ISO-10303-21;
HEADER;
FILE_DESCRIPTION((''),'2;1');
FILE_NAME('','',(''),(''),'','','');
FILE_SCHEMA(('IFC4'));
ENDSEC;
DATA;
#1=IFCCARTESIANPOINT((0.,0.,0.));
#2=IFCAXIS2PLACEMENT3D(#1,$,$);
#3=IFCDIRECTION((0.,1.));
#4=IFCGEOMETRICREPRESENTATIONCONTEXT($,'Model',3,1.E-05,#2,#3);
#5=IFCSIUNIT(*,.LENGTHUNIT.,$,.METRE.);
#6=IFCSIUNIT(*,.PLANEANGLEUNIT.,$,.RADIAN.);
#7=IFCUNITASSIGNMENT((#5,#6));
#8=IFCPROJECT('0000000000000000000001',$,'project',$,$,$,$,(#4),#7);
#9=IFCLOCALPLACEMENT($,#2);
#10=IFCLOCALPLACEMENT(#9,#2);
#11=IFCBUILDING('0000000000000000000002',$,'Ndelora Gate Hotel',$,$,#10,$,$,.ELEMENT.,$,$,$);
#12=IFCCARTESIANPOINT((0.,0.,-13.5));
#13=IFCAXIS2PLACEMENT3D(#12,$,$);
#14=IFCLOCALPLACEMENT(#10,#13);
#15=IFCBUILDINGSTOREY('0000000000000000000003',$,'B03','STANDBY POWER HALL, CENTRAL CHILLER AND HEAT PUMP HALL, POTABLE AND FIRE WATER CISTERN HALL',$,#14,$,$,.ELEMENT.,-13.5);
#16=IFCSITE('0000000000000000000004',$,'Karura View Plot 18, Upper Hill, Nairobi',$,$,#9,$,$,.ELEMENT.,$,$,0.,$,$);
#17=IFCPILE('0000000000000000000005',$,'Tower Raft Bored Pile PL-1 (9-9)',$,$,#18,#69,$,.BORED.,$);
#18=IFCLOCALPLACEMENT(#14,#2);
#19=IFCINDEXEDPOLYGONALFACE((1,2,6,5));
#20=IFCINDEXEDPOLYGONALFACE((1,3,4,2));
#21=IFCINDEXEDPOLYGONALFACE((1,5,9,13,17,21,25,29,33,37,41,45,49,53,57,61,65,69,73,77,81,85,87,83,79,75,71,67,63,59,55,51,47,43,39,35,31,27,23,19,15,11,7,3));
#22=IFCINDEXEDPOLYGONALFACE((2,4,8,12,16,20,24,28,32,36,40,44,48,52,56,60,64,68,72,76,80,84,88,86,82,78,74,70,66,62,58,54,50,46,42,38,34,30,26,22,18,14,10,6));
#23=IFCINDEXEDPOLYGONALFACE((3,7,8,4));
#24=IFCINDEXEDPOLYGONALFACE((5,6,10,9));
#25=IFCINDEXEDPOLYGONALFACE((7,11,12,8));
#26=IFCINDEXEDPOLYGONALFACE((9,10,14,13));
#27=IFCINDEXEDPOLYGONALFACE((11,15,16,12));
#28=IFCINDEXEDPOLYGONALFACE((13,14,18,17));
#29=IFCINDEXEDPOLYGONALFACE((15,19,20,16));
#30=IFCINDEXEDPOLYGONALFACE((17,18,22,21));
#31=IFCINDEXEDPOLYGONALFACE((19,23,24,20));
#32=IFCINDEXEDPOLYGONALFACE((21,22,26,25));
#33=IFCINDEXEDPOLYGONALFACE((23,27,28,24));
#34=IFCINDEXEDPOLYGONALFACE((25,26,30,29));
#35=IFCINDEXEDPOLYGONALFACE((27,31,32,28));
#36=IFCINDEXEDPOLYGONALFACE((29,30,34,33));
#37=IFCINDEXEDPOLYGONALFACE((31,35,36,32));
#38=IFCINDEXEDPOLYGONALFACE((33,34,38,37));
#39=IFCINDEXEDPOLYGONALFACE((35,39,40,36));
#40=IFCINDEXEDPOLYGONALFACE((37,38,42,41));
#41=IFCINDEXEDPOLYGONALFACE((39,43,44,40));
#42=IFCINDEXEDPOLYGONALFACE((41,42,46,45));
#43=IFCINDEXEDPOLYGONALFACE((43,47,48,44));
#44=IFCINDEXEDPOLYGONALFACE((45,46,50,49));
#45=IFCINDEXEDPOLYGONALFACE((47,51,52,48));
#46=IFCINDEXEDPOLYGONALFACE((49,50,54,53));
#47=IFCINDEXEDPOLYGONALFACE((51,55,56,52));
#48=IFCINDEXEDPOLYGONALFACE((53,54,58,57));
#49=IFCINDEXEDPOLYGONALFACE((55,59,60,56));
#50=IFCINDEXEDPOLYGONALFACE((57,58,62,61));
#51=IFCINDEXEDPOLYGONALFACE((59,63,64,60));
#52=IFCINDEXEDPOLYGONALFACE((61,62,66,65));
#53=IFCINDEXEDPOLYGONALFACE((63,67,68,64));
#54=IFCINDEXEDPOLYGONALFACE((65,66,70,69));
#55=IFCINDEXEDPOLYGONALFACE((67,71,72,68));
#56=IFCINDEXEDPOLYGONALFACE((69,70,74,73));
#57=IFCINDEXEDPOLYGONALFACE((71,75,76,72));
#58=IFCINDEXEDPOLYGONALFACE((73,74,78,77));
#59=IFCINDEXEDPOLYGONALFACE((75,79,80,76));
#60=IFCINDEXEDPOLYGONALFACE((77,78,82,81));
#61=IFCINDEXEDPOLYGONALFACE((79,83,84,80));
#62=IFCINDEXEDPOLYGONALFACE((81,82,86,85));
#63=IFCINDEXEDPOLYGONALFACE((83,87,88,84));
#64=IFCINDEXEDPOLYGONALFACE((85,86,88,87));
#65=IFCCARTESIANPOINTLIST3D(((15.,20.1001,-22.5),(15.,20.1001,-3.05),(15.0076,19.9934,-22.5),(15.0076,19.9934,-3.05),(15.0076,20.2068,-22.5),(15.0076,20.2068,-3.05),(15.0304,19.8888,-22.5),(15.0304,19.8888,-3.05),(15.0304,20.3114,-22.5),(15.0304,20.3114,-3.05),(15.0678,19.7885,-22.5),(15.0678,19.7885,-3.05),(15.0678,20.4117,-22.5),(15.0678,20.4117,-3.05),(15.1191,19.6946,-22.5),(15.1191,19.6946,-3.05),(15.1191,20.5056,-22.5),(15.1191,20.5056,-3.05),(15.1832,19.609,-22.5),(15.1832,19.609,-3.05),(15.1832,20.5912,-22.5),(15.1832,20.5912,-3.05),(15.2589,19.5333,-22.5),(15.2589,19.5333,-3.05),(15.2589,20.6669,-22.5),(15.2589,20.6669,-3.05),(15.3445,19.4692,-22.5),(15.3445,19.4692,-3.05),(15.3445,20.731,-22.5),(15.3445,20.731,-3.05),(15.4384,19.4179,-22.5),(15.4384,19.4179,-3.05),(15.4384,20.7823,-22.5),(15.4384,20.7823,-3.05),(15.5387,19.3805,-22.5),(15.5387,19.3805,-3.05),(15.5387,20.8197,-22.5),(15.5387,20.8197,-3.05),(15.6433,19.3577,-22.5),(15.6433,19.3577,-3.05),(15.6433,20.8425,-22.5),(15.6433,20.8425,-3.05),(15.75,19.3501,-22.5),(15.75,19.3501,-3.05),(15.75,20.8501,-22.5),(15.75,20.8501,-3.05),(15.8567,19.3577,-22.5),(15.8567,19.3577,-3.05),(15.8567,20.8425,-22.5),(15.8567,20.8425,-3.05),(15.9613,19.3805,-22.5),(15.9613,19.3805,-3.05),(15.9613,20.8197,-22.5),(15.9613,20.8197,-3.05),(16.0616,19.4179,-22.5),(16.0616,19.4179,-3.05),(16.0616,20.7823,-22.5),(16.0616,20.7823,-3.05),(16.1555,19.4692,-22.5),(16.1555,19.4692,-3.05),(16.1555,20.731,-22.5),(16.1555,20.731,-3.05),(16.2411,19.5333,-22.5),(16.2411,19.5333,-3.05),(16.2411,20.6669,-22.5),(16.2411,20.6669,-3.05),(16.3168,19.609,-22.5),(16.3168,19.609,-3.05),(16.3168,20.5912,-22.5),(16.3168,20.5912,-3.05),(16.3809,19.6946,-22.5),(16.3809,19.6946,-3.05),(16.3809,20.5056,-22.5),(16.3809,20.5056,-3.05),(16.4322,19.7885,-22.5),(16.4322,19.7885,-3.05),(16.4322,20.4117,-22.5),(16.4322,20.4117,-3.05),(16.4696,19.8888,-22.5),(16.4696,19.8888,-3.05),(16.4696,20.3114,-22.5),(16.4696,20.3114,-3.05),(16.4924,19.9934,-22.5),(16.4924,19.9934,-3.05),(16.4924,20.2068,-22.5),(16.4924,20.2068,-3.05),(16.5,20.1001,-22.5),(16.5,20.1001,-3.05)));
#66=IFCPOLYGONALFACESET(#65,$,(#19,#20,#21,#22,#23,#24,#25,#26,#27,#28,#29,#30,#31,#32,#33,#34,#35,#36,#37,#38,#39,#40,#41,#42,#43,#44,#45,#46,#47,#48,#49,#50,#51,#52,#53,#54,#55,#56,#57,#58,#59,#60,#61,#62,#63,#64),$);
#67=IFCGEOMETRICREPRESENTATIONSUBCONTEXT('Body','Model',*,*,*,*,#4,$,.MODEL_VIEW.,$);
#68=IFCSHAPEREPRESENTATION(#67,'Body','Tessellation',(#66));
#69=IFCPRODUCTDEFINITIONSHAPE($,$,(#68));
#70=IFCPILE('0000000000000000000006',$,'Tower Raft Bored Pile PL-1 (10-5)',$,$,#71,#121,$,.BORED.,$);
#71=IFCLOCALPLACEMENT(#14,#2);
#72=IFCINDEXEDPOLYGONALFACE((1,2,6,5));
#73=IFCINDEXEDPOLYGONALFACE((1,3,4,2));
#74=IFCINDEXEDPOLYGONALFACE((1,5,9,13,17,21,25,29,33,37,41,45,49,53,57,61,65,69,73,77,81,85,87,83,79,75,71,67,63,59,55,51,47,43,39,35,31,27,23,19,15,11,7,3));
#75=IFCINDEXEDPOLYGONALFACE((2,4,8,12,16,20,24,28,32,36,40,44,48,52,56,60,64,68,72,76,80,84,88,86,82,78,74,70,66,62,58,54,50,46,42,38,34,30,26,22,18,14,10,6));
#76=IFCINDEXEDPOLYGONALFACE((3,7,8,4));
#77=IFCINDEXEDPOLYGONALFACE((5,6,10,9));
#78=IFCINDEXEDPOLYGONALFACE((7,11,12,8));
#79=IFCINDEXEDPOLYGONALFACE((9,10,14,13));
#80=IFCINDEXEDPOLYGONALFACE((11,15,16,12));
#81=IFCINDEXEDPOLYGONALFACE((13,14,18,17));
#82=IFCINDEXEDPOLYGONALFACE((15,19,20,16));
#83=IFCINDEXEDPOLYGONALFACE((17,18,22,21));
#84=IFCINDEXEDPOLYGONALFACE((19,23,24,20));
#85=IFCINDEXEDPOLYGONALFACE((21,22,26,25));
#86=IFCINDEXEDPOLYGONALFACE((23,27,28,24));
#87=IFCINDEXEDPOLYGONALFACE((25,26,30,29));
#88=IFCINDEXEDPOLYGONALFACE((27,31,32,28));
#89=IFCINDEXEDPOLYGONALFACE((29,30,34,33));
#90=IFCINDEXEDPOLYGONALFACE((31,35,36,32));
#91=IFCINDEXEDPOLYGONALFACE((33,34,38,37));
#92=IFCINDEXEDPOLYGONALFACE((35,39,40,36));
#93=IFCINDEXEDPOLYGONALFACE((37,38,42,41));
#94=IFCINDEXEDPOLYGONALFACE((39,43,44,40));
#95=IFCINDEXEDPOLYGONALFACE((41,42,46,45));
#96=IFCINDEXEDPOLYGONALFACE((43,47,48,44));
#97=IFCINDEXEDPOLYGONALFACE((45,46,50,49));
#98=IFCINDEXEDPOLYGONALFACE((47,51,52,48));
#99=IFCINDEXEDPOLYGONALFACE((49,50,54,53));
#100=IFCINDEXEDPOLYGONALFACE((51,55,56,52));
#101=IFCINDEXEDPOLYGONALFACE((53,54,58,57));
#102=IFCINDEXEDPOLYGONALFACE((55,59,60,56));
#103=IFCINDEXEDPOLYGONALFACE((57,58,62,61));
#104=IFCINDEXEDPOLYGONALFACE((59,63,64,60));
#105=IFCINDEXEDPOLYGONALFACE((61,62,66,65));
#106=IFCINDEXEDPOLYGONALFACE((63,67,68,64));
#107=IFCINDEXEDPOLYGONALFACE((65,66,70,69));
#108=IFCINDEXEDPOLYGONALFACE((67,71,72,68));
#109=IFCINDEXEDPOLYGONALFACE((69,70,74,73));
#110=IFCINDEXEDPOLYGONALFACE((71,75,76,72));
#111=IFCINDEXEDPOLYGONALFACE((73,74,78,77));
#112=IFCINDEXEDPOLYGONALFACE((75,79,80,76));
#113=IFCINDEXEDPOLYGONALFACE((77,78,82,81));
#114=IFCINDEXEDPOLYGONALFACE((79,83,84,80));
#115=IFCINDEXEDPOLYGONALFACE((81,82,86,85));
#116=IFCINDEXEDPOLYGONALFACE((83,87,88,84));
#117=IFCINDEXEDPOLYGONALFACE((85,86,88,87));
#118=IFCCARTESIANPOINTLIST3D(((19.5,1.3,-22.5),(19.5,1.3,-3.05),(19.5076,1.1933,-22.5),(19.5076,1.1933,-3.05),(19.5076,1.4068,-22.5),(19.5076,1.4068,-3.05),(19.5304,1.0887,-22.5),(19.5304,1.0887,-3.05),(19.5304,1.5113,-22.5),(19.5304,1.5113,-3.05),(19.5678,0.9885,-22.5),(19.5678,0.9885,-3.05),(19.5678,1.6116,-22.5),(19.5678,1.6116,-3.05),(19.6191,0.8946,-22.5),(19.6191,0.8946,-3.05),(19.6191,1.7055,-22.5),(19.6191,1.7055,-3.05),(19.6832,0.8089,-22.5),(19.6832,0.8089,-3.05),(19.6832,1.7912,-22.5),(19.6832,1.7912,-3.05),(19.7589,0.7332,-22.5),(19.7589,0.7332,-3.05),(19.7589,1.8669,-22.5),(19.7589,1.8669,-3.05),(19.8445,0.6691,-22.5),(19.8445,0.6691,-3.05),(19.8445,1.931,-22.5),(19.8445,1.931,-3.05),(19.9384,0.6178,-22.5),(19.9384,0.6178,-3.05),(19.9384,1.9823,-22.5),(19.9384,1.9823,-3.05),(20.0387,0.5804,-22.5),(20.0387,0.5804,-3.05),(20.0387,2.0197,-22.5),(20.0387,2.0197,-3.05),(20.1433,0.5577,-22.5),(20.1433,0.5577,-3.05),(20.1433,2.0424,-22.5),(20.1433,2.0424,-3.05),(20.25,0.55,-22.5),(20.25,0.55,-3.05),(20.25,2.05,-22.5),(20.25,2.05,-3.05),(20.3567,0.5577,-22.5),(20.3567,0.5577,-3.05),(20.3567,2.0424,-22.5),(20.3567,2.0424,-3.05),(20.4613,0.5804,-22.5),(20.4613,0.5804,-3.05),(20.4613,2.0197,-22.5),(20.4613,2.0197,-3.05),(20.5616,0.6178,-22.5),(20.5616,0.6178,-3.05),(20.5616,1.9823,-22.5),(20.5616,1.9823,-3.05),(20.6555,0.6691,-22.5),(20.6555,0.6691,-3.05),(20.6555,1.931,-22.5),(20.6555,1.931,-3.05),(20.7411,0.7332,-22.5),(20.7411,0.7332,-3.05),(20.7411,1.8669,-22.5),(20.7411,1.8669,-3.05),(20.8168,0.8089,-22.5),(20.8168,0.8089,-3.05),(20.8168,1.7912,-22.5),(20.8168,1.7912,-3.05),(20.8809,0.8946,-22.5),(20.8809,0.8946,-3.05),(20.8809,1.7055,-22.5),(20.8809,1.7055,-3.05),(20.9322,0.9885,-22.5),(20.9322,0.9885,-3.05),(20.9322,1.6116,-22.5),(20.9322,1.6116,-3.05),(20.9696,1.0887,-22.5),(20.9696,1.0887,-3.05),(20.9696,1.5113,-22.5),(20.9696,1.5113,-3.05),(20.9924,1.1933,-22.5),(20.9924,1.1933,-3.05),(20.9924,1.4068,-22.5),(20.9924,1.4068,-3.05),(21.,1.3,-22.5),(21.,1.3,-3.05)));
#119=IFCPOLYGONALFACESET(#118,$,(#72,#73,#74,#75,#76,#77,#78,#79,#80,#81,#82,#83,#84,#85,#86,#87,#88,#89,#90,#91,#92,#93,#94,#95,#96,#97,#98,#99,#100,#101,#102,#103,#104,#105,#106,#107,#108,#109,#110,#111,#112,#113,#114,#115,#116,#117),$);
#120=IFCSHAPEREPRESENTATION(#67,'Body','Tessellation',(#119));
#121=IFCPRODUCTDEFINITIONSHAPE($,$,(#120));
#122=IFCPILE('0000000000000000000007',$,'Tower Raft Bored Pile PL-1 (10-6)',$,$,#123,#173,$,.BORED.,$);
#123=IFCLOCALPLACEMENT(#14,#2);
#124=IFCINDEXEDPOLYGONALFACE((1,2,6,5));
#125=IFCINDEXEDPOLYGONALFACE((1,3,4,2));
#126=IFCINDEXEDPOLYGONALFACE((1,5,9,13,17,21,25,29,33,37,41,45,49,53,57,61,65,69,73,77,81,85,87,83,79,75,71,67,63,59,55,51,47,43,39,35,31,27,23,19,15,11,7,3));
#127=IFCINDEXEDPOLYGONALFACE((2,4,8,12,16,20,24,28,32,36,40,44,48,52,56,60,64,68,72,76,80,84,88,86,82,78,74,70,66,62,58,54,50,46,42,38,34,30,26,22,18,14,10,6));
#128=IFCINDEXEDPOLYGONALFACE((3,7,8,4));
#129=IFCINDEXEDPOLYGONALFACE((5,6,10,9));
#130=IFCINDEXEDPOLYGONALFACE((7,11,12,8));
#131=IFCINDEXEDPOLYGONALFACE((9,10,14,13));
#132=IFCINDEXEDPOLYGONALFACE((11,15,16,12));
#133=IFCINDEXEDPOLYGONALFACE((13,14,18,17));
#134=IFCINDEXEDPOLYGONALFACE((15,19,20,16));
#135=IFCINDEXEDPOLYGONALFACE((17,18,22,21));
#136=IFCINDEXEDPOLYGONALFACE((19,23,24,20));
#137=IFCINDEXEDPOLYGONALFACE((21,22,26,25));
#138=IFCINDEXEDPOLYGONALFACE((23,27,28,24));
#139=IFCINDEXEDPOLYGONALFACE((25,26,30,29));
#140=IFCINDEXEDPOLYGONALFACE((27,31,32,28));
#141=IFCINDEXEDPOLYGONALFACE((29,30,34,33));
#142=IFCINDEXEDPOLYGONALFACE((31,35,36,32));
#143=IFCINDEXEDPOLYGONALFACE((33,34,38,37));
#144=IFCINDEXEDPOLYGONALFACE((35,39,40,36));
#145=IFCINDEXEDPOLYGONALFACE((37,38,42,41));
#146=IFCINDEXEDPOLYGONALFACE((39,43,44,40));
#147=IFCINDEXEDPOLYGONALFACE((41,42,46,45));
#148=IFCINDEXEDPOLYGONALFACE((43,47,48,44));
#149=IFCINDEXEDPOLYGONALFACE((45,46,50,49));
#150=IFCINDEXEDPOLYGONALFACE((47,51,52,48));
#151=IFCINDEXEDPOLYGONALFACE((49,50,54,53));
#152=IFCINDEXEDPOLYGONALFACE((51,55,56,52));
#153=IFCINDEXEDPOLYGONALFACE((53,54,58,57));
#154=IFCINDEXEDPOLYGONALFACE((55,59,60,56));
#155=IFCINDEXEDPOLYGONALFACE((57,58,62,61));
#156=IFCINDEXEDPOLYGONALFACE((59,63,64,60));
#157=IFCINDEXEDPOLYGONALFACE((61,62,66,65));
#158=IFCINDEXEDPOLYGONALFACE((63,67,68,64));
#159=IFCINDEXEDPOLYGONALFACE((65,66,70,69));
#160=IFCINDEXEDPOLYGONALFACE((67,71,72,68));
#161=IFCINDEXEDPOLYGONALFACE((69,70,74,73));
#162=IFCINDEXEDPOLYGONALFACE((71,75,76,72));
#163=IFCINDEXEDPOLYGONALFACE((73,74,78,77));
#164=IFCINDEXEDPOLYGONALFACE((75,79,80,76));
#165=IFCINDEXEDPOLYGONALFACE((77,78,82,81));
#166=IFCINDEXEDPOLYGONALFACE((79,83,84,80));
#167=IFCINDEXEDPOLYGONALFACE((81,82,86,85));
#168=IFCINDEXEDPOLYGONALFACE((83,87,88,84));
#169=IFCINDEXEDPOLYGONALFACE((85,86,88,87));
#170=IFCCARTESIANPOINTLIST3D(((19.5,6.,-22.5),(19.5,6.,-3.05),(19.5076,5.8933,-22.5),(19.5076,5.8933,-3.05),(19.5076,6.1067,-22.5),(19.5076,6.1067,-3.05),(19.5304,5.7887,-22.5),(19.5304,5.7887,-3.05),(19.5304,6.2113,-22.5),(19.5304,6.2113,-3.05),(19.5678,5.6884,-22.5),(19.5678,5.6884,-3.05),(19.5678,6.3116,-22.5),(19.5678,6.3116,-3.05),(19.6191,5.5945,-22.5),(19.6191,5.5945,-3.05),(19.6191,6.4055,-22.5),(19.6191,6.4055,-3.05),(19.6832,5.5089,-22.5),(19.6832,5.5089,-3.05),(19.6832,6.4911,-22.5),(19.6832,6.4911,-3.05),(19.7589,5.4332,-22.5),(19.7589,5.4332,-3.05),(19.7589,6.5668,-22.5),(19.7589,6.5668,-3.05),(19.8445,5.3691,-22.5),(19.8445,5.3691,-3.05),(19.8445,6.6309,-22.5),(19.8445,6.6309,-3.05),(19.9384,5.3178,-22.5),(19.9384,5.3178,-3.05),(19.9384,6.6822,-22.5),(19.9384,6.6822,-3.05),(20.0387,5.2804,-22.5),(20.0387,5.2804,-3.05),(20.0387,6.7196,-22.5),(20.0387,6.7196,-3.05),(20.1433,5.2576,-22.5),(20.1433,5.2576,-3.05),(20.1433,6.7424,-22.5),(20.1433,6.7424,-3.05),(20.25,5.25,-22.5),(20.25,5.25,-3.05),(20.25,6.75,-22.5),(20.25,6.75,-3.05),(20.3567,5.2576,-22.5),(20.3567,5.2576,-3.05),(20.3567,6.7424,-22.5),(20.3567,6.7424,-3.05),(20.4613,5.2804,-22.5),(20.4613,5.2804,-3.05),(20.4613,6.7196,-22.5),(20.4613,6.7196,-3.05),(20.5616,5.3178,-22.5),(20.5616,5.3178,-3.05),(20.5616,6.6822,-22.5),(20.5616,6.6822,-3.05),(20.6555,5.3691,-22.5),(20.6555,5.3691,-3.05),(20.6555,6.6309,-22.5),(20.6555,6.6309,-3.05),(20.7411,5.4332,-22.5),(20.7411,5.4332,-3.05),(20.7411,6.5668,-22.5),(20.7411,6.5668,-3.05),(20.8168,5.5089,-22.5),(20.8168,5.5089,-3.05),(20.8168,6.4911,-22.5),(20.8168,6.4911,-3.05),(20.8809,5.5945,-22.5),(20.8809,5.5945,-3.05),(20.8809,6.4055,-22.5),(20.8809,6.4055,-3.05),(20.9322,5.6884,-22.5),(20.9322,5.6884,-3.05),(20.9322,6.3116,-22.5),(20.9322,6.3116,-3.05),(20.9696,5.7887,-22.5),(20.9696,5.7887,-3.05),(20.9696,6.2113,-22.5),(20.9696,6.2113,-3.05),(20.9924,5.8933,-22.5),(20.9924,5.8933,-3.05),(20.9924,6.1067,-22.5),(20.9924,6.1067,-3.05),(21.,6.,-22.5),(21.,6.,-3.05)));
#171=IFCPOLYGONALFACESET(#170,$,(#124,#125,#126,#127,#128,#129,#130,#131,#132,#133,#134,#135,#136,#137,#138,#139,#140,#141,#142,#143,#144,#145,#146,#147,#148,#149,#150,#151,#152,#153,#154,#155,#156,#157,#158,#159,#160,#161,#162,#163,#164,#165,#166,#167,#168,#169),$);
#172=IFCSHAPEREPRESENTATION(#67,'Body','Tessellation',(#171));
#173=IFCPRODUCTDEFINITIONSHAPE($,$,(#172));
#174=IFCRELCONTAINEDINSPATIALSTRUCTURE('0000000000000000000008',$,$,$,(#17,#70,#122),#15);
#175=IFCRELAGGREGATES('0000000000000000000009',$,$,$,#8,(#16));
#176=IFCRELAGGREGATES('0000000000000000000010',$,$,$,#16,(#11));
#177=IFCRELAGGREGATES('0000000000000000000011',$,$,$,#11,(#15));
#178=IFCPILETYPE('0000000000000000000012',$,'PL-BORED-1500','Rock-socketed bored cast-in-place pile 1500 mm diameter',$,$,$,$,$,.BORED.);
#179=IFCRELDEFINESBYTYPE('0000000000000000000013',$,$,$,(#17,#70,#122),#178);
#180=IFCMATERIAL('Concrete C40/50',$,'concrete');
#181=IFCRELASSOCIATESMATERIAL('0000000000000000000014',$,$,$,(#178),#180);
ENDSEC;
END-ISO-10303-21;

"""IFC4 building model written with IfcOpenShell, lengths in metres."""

from ifc_helpers import new_model, si_unit, direction, frame, origin, origin_2d, place, context, subcontext, project, spatial, circle, extrude, material, material_profile, profile_set, type_object, element, save


model = new_model("IFC4")

# Units and contexts
model_context = context("Model", 3, precision=1e-05, world=origin(), true_north=direction((0.0, 1.0)))
body_context = subcontext(model_context, "Body", "Model", "MODEL_VIEW")
ifc_project = project(units=[si_unit("LENGTHUNIT", "METRE"), si_unit("PLANEANGLEUNIT", "RADIAN")], contexts=[model_context])

# Site, building, storey
site_placement = place(None, origin())
site = spatial("IfcSite", under=ifc_project, at=site_placement, Name="Karura View Plot 18, Upper Hill, Nairobi", CompositionType="ELEMENT", RefElevation=0.0)
building_placement = place(site_placement, origin())
building = spatial("IfcBuilding", under=site, at=building_placement, Name="Ndelora Gate Hotel", CompositionType="ELEMENT")
storey_placement = place(building_placement, frame((0.0, 0.0, -13.5)))
storey = spatial("IfcBuildingStorey", under=building, at=storey_placement, Name="B03", Description="STANDBY POWER HALL, CENTRAL CHILLER AND HEAT PUMP HALL, POTABLE AND FIRE WATER CISTERN HALL", CompositionType="ELEMENT", Elevation=-13.5)

# Piles
ifc_material_1 = material(Name="Concrete C40/50", Category="concrete")
ifc_material_profile_1 = material_profile(ifc_material_1, circle(Radius=0.75, at=origin_2d()), Name="PILE D1500")
ifc_profile_set_1 = profile_set([ifc_material_profile_1], Name="Concrete C40/50")
pile_type = type_object("IfcPileType", Name="PL-BORED-1500", Description="Rock-socketed bored cast-in-place pile 1500 mm diameter", PredefinedType="BORED", material=ifc_profile_set_1)
for number, where, z_axis, x_axis, name in (
    (1, (15.75, 20.1001, -3.05), (0.0, 0.0, -1.0), (1.0, 0.0, 0.0), "Tower Raft Bored Pile PL-1 (9-9)"),
    (2, (20.25, 1.3, -3.05), (0.0, 0.0, -1.0), (1.0, 0.0, 0.0), "Tower Raft Bored Pile PL-1 (10-5)"),
    (3, (20.25, 6.0, -3.05), (0.0, 0.0, -1.0), (1.0, 0.0, 0.0), "Tower Raft Bored Pile PL-1 (10-6)"),
):
    element("IfcPile", number, at=place(storey_placement, frame(where, z_axis=z_axis, x_axis=x_axis)), inside=storey, type_object=pile_type, Name=name, PredefinedType="BORED", context=body_context, shape_type="SweptSolid", body=[
        extrude(circle(Radius=0.75, at=origin_2d()), origin(), (0.0, 0.0, 1.0), 19.45),
    ])

save(model, "model.ifc")
